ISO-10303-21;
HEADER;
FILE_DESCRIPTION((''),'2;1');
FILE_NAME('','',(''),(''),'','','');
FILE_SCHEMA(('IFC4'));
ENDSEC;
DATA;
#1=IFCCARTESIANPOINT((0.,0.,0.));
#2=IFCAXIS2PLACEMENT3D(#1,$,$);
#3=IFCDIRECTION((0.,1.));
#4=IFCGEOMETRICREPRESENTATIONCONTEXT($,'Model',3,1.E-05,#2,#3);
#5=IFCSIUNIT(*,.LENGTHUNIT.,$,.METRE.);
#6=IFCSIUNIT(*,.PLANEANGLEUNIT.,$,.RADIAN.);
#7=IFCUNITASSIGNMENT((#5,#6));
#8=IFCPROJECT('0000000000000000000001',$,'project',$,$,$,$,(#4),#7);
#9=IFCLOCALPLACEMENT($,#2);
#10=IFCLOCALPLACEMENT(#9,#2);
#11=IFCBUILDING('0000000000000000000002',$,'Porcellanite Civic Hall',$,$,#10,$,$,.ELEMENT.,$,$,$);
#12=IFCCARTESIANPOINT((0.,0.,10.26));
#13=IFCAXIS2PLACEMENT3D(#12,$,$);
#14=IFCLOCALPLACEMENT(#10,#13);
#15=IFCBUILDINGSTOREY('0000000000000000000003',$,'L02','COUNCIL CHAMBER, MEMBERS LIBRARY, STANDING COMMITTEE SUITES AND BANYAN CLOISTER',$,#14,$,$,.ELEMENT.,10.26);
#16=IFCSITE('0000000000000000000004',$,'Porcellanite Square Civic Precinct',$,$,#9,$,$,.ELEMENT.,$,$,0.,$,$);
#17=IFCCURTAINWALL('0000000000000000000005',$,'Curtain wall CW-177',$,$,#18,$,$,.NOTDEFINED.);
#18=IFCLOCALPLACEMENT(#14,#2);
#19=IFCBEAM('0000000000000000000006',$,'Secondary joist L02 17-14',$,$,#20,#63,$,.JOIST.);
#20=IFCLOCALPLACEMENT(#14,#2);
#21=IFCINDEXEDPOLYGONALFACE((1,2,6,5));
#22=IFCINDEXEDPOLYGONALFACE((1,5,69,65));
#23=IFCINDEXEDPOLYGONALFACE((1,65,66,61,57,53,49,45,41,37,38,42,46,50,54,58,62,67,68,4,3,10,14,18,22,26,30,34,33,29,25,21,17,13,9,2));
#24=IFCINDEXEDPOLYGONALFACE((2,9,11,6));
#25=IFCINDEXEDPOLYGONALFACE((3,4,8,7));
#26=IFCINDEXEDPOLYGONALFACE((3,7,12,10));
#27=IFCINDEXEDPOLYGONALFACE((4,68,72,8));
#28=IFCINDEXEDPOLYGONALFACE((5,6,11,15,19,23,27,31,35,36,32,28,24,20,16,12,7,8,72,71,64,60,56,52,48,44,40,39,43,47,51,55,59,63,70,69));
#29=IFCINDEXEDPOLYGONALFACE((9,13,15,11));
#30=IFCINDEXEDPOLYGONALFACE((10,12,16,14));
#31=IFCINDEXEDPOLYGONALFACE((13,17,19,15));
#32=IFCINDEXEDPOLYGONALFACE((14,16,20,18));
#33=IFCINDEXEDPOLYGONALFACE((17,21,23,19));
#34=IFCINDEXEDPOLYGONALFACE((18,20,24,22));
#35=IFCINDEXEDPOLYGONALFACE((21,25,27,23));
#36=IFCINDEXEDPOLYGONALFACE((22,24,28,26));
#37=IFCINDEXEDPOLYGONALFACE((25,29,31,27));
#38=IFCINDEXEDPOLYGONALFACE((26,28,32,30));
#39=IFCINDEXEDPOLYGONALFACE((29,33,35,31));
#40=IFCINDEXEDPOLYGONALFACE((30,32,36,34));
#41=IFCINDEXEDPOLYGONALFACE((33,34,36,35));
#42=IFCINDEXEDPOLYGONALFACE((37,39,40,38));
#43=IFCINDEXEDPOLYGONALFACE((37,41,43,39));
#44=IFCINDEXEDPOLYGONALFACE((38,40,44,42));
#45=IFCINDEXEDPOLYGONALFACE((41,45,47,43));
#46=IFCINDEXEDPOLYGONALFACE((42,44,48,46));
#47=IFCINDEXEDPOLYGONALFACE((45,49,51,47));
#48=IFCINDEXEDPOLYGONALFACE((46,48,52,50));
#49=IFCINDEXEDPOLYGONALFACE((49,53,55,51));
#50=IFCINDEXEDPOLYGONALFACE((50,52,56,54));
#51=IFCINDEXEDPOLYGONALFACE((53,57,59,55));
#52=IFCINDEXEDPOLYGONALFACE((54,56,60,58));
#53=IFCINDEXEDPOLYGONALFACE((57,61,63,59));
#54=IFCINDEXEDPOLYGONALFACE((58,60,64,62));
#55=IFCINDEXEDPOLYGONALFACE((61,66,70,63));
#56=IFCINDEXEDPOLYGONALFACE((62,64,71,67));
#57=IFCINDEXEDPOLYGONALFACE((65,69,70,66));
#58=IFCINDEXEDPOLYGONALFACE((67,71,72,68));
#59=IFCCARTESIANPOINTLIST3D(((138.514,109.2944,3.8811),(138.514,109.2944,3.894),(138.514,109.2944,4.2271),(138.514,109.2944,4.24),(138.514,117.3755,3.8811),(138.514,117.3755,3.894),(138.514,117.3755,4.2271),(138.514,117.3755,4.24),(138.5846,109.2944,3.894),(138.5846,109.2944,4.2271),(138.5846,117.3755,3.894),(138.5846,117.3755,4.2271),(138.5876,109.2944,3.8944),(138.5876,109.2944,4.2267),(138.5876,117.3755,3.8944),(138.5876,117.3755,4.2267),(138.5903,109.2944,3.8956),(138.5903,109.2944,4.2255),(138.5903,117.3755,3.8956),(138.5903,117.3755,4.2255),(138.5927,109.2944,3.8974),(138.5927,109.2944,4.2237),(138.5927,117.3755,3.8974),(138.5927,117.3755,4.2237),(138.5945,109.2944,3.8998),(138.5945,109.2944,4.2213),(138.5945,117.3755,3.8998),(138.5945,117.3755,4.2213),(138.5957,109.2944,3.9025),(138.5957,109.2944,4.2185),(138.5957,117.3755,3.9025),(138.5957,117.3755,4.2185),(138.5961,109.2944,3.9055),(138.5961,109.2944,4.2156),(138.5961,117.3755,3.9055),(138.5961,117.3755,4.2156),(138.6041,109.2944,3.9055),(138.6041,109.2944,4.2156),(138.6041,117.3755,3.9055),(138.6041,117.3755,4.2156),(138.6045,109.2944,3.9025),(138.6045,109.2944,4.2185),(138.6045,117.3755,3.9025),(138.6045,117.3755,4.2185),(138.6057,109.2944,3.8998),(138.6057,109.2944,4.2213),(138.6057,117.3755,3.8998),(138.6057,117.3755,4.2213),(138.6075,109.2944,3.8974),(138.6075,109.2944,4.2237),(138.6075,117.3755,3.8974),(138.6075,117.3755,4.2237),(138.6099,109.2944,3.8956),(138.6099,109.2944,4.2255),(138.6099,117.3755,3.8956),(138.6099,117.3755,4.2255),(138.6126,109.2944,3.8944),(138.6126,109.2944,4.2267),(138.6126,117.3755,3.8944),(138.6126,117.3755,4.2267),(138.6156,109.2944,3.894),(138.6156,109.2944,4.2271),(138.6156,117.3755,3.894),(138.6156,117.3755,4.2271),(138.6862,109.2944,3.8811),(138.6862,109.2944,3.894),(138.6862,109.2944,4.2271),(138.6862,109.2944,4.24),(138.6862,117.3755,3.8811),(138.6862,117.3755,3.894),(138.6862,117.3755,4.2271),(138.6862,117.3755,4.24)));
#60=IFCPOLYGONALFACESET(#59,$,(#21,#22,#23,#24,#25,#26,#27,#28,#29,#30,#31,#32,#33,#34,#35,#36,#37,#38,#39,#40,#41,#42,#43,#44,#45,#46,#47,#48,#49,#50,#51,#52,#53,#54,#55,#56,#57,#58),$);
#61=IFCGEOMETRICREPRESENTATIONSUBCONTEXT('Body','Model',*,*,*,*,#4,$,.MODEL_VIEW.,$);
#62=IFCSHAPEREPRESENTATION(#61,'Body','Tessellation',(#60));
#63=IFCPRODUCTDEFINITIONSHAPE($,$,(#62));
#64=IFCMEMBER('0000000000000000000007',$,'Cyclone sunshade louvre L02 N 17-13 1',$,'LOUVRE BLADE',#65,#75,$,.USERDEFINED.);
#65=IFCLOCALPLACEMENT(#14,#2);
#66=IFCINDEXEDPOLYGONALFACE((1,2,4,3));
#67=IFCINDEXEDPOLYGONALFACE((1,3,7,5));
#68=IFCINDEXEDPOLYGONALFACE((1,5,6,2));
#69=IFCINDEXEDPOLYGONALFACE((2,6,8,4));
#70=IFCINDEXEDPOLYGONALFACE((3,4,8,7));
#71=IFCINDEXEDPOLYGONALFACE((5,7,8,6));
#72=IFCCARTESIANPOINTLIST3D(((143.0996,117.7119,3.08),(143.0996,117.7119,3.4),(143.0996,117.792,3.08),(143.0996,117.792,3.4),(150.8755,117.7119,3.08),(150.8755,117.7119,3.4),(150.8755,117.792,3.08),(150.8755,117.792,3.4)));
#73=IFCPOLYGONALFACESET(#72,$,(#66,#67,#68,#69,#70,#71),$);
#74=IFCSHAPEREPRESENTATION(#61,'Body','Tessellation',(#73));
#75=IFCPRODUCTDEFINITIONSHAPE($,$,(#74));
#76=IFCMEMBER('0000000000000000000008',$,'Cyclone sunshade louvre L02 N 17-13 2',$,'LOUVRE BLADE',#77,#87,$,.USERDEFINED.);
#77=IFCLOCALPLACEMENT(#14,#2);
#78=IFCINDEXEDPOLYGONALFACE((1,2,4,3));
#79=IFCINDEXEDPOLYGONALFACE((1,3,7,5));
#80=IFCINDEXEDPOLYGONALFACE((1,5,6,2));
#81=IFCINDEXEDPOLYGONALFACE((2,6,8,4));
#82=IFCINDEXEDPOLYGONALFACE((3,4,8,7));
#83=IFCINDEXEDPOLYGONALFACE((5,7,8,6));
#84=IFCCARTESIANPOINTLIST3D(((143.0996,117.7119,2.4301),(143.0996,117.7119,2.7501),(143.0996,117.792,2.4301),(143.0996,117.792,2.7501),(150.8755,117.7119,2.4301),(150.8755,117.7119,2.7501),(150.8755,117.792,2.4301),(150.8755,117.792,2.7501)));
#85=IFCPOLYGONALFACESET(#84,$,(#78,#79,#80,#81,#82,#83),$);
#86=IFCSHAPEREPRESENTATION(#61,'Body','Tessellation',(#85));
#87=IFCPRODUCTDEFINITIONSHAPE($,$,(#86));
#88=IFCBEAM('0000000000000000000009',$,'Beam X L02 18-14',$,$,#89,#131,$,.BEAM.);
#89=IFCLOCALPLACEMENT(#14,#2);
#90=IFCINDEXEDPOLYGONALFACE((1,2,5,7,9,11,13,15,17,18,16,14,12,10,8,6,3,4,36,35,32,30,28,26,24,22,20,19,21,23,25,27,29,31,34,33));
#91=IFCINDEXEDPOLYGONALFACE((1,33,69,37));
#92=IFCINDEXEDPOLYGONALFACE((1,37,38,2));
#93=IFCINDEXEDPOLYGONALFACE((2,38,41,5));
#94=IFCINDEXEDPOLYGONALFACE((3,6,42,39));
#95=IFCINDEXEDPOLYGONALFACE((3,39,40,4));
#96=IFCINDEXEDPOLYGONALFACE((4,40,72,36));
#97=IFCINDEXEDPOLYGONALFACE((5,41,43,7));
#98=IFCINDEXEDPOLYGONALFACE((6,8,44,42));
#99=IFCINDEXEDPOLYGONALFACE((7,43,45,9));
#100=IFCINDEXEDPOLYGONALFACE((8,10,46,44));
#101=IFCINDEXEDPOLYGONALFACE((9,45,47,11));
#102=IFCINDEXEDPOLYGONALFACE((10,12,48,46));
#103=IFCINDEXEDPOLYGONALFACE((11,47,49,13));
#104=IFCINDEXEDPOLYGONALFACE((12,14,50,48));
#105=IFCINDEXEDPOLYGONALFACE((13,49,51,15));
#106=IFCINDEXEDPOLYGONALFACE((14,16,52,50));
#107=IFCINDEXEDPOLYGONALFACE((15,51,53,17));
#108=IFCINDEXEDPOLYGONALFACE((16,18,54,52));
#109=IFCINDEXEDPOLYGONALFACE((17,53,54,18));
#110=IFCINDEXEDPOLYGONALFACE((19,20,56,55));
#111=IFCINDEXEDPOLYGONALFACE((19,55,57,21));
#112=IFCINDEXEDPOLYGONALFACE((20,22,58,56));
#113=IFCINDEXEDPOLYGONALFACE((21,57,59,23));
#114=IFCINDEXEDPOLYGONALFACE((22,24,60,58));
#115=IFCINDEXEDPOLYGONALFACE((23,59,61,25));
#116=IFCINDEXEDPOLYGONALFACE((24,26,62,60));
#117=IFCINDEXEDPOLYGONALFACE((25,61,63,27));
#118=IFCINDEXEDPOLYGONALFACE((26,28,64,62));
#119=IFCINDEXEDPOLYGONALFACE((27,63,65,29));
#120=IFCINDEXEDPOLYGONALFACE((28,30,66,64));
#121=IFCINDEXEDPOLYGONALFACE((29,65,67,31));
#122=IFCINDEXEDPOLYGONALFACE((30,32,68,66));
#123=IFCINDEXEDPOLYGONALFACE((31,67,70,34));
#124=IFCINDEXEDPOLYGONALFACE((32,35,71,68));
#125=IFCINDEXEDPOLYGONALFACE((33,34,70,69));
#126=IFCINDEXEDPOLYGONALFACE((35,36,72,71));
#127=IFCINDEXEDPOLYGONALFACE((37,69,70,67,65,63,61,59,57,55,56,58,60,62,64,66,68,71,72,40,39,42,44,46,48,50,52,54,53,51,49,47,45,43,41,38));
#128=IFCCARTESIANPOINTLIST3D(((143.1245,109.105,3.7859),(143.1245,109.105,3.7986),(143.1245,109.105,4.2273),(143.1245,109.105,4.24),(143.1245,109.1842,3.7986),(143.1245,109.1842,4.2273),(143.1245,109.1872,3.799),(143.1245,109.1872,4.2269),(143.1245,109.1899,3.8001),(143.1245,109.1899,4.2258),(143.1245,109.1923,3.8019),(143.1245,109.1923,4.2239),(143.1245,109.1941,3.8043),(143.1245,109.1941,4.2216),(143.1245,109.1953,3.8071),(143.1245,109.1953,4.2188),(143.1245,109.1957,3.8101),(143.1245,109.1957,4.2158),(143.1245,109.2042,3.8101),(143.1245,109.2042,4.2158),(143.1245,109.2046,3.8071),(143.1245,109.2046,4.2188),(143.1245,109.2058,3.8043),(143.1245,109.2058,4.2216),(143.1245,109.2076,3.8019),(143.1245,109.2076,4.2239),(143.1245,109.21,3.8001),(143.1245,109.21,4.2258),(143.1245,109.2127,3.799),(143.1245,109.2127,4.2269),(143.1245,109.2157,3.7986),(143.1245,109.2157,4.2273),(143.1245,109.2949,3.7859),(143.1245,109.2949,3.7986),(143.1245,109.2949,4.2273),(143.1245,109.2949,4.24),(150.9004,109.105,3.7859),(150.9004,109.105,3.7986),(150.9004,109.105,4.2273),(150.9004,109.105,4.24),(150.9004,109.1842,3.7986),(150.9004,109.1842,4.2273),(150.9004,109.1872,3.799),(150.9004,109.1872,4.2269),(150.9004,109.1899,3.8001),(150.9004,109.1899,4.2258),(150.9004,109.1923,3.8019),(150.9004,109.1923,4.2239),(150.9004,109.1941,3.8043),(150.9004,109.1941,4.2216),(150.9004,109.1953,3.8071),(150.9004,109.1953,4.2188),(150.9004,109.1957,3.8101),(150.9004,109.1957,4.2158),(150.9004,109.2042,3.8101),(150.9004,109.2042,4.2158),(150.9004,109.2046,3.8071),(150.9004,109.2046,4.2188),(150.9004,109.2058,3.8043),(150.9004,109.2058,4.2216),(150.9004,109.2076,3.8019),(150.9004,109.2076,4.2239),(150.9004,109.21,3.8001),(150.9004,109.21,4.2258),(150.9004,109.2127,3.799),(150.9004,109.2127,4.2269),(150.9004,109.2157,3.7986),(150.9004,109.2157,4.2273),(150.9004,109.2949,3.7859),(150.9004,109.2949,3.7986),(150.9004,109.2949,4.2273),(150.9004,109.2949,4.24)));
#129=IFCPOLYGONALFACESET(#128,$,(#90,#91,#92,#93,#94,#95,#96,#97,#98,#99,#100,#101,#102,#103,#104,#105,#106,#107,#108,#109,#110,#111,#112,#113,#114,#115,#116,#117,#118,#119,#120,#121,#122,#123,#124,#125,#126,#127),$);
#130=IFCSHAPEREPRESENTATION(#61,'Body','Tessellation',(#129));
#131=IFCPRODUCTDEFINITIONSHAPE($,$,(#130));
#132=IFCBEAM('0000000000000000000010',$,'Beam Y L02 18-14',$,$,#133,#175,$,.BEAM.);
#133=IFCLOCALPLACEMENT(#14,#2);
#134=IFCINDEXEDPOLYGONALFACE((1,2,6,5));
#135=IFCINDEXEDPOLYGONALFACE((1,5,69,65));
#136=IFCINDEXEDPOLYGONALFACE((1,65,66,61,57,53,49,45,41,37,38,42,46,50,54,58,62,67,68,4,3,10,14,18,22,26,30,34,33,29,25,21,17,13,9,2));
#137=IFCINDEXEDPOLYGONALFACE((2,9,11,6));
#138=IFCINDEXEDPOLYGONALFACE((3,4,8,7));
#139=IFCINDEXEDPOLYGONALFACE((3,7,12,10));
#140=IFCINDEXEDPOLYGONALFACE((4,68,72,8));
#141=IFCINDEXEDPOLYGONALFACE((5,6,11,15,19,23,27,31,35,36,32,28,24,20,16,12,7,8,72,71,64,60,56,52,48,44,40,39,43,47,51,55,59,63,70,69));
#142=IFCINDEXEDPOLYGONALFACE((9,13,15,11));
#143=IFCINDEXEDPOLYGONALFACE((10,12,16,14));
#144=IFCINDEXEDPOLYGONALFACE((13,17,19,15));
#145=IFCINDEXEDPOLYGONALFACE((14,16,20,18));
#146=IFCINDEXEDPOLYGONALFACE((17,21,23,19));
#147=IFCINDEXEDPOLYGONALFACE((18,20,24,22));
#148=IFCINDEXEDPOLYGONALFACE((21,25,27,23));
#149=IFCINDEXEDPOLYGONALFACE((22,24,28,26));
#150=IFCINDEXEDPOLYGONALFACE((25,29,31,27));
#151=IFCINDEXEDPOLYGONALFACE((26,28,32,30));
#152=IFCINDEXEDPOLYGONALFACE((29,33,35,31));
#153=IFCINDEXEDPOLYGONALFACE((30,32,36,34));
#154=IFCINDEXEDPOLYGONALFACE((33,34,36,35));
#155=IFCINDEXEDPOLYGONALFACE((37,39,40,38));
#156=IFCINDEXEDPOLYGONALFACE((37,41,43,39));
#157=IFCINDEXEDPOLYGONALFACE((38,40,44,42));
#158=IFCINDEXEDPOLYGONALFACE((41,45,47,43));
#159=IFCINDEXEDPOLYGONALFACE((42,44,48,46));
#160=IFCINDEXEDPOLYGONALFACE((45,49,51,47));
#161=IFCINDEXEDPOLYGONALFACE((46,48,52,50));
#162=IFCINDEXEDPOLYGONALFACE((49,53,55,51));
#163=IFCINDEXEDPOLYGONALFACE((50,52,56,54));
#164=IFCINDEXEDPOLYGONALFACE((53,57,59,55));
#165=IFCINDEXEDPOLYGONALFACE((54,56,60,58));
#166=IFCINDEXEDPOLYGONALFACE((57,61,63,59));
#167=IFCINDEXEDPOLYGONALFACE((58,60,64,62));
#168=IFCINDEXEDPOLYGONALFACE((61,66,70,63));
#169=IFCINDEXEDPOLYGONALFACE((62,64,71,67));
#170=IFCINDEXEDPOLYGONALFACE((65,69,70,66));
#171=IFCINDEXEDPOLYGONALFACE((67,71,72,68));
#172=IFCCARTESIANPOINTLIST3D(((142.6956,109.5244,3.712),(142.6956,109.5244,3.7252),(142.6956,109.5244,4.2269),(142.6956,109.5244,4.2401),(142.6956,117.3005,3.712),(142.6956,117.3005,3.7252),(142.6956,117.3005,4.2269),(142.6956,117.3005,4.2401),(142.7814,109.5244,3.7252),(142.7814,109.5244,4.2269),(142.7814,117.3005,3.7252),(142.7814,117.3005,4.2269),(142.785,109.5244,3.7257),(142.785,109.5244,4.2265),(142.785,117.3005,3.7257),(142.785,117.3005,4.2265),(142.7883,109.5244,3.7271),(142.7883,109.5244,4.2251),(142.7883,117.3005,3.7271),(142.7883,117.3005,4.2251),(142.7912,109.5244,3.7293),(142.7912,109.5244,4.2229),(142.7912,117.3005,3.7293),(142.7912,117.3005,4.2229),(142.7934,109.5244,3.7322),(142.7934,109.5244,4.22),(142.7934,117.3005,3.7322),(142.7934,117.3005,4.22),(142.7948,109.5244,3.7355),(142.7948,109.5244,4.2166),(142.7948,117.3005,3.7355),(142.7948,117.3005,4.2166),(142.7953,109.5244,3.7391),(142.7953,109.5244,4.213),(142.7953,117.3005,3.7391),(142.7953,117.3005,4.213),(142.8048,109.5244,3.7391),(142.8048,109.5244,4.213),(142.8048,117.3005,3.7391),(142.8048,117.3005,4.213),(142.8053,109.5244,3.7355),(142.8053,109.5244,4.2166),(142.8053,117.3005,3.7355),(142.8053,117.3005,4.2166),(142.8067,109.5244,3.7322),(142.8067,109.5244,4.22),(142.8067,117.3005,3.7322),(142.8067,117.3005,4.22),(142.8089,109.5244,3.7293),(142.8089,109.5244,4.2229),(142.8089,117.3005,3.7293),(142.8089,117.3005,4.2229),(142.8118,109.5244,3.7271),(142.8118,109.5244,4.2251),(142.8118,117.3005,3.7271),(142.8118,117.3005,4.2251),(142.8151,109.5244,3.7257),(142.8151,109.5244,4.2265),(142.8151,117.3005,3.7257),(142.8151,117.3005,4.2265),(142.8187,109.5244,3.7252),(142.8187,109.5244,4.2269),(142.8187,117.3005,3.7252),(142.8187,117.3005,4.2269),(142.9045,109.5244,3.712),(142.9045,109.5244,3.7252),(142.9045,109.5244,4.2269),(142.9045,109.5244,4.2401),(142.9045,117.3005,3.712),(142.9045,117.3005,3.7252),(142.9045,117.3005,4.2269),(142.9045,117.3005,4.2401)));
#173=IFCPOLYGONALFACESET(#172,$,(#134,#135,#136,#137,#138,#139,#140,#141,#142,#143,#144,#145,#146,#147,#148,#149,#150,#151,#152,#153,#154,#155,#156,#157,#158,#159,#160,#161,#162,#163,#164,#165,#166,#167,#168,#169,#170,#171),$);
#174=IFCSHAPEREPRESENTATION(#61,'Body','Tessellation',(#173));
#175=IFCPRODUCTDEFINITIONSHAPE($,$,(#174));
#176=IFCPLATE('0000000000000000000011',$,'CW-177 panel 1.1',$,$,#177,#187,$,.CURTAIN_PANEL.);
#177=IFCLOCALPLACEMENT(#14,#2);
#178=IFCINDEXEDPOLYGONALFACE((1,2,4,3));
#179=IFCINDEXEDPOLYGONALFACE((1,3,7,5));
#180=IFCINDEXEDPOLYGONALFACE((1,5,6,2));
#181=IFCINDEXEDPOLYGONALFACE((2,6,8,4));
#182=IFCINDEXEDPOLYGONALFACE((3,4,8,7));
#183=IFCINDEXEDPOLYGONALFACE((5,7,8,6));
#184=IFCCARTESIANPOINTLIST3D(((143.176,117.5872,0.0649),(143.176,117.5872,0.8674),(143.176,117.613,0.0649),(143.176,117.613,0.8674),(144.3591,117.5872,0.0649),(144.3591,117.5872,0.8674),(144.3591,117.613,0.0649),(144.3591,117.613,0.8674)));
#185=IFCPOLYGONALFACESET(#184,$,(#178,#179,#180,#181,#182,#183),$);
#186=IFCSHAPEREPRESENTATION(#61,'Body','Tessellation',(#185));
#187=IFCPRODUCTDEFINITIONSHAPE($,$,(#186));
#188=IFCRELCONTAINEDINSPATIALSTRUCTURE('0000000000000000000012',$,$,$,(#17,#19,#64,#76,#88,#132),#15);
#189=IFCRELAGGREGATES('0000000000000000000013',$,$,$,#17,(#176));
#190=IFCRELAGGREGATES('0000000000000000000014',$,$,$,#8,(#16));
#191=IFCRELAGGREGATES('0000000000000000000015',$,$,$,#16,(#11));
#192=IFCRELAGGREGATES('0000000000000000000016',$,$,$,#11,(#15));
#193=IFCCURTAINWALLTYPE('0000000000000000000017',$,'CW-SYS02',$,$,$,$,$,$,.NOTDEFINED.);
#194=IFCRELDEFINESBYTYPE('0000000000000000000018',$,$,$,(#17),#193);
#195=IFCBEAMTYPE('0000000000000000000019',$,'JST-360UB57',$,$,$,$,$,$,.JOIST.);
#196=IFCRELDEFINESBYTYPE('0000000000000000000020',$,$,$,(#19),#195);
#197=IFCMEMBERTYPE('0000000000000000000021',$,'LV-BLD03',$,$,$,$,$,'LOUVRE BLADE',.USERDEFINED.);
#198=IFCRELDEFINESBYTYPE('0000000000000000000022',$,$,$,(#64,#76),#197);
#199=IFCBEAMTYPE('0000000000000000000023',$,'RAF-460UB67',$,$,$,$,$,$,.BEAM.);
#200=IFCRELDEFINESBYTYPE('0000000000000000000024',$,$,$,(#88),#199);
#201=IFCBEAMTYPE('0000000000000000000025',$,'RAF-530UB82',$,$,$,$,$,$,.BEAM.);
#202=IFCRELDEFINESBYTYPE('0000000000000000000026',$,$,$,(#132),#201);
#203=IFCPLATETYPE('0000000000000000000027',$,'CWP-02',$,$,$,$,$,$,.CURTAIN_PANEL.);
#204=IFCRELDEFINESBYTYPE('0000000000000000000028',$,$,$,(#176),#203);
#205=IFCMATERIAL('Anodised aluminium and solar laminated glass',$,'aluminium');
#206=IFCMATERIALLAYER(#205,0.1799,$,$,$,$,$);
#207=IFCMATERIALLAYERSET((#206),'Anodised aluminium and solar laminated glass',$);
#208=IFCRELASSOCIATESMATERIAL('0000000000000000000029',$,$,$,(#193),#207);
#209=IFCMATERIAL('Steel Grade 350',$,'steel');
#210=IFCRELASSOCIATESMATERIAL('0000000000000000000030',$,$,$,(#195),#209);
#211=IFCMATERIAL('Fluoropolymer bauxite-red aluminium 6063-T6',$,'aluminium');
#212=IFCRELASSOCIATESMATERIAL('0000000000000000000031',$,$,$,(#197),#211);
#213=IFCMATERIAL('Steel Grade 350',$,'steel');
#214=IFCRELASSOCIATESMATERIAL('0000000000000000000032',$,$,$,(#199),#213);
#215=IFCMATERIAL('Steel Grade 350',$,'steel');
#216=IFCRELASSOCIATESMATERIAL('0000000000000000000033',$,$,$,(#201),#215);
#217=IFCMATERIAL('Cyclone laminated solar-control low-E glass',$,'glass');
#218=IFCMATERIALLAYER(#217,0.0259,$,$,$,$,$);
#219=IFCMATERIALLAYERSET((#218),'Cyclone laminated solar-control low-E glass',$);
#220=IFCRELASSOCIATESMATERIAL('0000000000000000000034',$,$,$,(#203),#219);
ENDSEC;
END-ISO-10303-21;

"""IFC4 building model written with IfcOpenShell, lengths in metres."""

from ifc_helpers import new_model, si_unit, direction, frame, origin, origin_2d, place, context, subcontext, project, spatial, rectangle, i_section, extrude, material, layer, layer_set, material_profile, profile_set, type_object, element, aggregate, save


model = new_model("IFC4")

# Units and contexts
model_context = context("Model", 3, precision=1e-05, world=origin(), true_north=direction((0.0, 1.0)))
body_context = subcontext(model_context, "Body", "Model", "MODEL_VIEW")
ifc_project = project(units=[si_unit("LENGTHUNIT", "METRE"), si_unit("PLANEANGLEUNIT", "RADIAN")], contexts=[model_context])

# Site, building, storey
site_placement = place(None, origin())
site = spatial("IfcSite", under=ifc_project, at=site_placement, Name="Porcellanite Square Civic Precinct", CompositionType="ELEMENT", RefElevation=0.0)
building_placement = place(site_placement, origin())
building = spatial("IfcBuilding", under=site, at=building_placement, Name="Porcellanite Civic Hall", CompositionType="ELEMENT")
storey_placement = place(building_placement, frame((0.0, 0.0, 10.26)))
storey = spatial("IfcBuildingStorey", under=building, at=storey_placement, Name="L02", Description="COUNCIL CHAMBER, MEMBERS LIBRARY, STANDING COMMITTEE SUITES AND BANYAN CLOISTER", CompositionType="ELEMENT", Elevation=10.26)

# Curtain wall
ifc_material_1 = material(Name="Anodised aluminium and solar laminated glass", Category="aluminium")
ifc_layer_1 = layer(ifc_material_1, 0.1799)
ifc_layer_set_1 = layer_set([ifc_layer_1], Name="Anodised aluminium and solar laminated glass")
curtain_wall_type_1 = type_object("IfcCurtainWallType", Name="CW-SYS02", PredefinedType="NOTDEFINED", material=ifc_layer_set_1)
curtain_wall_1_placement = place(storey_placement, origin())
curtain_wall_1 = element("IfcCurtainWall", 1, at=curtain_wall_1_placement, inside=storey, type_object=curtain_wall_type_1, Name="Curtain wall CW-177", PredefinedType="NOTDEFINED")

# Beam
ifc_material_2 = material(Name="Steel Grade 350", Category="steel")
ifc_material_profile_1 = material_profile(ifc_material_2, i_section(OverallWidth=0.1721, OverallDepth=0.3589, WebThickness=0.0081, FlangeThickness=0.0129, FilletRadius=0.0115, at=origin_2d()), Name="360UB56.7")
ifc_profile_set_1 = profile_set([ifc_material_profile_1], Name="Steel Grade 350")
beam_type_1 = type_object("IfcBeamType", Name="JST-360UB57", PredefinedType="JOIST", material=ifc_profile_set_1)
beam_1_placement = place(storey_placement, frame((138.6001, 109.2944, 4.0605), z_axis=(0.0, 1.0, 0.0), x_axis=(-1.0, 0.0, 0.0)))
element("IfcBeam", 2, at=beam_1_placement, inside=storey, type_object=beam_type_1, Name="Secondary joist L02 17-14", PredefinedType="JOIST", context=body_context, shape_type="SweptSolid", body=[
    extrude(i_section(OverallWidth=0.1721, OverallDepth=0.3589, WebThickness=0.0081, FlangeThickness=0.0129, FilletRadius=0.0115, at=origin_2d()), origin(), (0.0, 0.0, 1.0), 8.0811),
])

# Members
ifc_material_3 = material(Name="Fluoropolymer bauxite-red aluminium 6063-T6", Category="aluminium")
ifc_material_profile_2 = material_profile(ifc_material_3, rectangle(XDim=0.0801, YDim=0.3201, at=origin_2d()), Name="AL-80x320")
ifc_profile_set_2 = profile_set([ifc_material_profile_2], Name="Fluoropolymer bauxite-red aluminium 6063-T6")
member_type_1 = type_object("IfcMemberType", Name="LV-BLD03", ElementType="LOUVRE BLADE", PredefinedType="USERDEFINED", material=ifc_profile_set_2)
for number, where, z_axis, x_axis, name in (
    (3, (143.0996, 117.752, 3.24), (1.0, 0.0, 0.0), (0.0, 1.0, 0.0), "Cyclone sunshade louvre L02 N 17-13 1"),
    (4, (143.0996, 117.752, 2.5901), (1.0, 0.0, 0.0), (0.0, 1.0, 0.0), "Cyclone sunshade louvre L02 N 17-13 2"),
):
    element("IfcMember", number, at=place(storey_placement, frame(where, z_axis=z_axis, x_axis=x_axis)), inside=storey, type_object=member_type_1, Name=name, ObjectType="LOUVRE BLADE", PredefinedType="USERDEFINED", context=body_context, shape_type="SweptSolid", body=[
        extrude(rectangle(XDim=0.0801, YDim=0.3201, at=origin_2d()), origin(), (0.0, 0.0, 1.0), 7.7759),
    ])

# Beams
ifc_material_4 = material(Name="Steel Grade 350", Category="steel")
ifc_material_profile_3 = material_profile(ifc_material_4, i_section(OverallWidth=0.1899, OverallDepth=0.4541, WebThickness=0.0085, FlangeThickness=0.0127, FilletRadius=0.0115, at=origin_2d()), Name="460UB67.1")
ifc_profile_set_3 = profile_set([ifc_material_profile_3], Name="Steel Grade 350")
beam_type_2 = type_object("IfcBeamType", Name="RAF-460UB67", PredefinedType="BEAM", material=ifc_profile_set_3)
beam_2_placement = place(storey_placement, frame((143.1245, 109.2, 4.0129), z_axis=(1.0, 0.0, 0.0), x_axis=(0.0, 1.0, 0.0)))
element("IfcBeam", 5, at=beam_2_placement, inside=storey, type_object=beam_type_2, Name="Beam X L02 18-14", PredefinedType="BEAM", context=body_context, shape_type="SweptSolid", body=[
    extrude(i_section(OverallWidth=0.1899, OverallDepth=0.4541, WebThickness=0.0085, FlangeThickness=0.0127, FilletRadius=0.0115, at=origin_2d()), origin(), (0.0, 0.0, 1.0), 7.7759),
])
ifc_material_5 = material(Name="Steel Grade 350", Category="steel")
ifc_material_profile_4 = material_profile(ifc_material_5, i_section(OverallWidth=0.209, OverallDepth=0.5281, WebThickness=0.0095, FlangeThickness=0.0132, FilletRadius=0.0139, at=origin_2d()), Name="530UB82.0")
ifc_profile_set_4 = profile_set([ifc_material_profile_4], Name="Steel Grade 350")
beam_type_3 = type_object("IfcBeamType", Name="RAF-530UB82", PredefinedType="BEAM", material=ifc_profile_set_4)
beam_3_placement = place(storey_placement, frame((142.8, 109.5244, 3.9761), z_axis=(0.0, 1.0, 0.0), x_axis=(-1.0, 0.0, 0.0)))
element("IfcBeam", 6, at=beam_3_placement, inside=storey, type_object=beam_type_3, Name="Beam Y L02 18-14", PredefinedType="BEAM", context=body_context, shape_type="SweptSolid", body=[
    extrude(i_section(OverallWidth=0.209, OverallDepth=0.5281, WebThickness=0.0095, FlangeThickness=0.0132, FilletRadius=0.0139, at=origin_2d()), origin(), (0.0, 0.0, 1.0), 7.7761),
])

# Plate
ifc_material_6 = material(Name="Cyclone laminated solar-control low-E glass", Category="glass")
ifc_layer_2 = layer(ifc_material_6, 0.0259)
ifc_layer_set_2 = layer_set([ifc_layer_2], Name="Cyclone laminated solar-control low-E glass")
plate_type_1 = type_object("IfcPlateType", Name="CWP-02", PredefinedType="CURTAIN_PANEL", material=ifc_layer_set_2)
plate_1_placement = place(storey_placement, frame((143.7676, 117.6001, 0.0649), z_axis=(0.0, 0.0, 1.0), x_axis=(1.0, 0.0, 0.0)))
plate_1 = element("IfcPlate", 7, at=plate_1_placement, type_object=plate_type_1, Name="CW-177 panel 1.1", PredefinedType="CURTAIN_PANEL", context=body_context, shape_type="SweptSolid", body=[
    extrude(rectangle(XDim=1.1831, YDim=0.0259, at=origin_2d()), origin(), (0.0, 0.0, 1.0), 0.8025),
])
aggregate(curtain_wall_1, [plate_1])

save(model, "model.ifc")
